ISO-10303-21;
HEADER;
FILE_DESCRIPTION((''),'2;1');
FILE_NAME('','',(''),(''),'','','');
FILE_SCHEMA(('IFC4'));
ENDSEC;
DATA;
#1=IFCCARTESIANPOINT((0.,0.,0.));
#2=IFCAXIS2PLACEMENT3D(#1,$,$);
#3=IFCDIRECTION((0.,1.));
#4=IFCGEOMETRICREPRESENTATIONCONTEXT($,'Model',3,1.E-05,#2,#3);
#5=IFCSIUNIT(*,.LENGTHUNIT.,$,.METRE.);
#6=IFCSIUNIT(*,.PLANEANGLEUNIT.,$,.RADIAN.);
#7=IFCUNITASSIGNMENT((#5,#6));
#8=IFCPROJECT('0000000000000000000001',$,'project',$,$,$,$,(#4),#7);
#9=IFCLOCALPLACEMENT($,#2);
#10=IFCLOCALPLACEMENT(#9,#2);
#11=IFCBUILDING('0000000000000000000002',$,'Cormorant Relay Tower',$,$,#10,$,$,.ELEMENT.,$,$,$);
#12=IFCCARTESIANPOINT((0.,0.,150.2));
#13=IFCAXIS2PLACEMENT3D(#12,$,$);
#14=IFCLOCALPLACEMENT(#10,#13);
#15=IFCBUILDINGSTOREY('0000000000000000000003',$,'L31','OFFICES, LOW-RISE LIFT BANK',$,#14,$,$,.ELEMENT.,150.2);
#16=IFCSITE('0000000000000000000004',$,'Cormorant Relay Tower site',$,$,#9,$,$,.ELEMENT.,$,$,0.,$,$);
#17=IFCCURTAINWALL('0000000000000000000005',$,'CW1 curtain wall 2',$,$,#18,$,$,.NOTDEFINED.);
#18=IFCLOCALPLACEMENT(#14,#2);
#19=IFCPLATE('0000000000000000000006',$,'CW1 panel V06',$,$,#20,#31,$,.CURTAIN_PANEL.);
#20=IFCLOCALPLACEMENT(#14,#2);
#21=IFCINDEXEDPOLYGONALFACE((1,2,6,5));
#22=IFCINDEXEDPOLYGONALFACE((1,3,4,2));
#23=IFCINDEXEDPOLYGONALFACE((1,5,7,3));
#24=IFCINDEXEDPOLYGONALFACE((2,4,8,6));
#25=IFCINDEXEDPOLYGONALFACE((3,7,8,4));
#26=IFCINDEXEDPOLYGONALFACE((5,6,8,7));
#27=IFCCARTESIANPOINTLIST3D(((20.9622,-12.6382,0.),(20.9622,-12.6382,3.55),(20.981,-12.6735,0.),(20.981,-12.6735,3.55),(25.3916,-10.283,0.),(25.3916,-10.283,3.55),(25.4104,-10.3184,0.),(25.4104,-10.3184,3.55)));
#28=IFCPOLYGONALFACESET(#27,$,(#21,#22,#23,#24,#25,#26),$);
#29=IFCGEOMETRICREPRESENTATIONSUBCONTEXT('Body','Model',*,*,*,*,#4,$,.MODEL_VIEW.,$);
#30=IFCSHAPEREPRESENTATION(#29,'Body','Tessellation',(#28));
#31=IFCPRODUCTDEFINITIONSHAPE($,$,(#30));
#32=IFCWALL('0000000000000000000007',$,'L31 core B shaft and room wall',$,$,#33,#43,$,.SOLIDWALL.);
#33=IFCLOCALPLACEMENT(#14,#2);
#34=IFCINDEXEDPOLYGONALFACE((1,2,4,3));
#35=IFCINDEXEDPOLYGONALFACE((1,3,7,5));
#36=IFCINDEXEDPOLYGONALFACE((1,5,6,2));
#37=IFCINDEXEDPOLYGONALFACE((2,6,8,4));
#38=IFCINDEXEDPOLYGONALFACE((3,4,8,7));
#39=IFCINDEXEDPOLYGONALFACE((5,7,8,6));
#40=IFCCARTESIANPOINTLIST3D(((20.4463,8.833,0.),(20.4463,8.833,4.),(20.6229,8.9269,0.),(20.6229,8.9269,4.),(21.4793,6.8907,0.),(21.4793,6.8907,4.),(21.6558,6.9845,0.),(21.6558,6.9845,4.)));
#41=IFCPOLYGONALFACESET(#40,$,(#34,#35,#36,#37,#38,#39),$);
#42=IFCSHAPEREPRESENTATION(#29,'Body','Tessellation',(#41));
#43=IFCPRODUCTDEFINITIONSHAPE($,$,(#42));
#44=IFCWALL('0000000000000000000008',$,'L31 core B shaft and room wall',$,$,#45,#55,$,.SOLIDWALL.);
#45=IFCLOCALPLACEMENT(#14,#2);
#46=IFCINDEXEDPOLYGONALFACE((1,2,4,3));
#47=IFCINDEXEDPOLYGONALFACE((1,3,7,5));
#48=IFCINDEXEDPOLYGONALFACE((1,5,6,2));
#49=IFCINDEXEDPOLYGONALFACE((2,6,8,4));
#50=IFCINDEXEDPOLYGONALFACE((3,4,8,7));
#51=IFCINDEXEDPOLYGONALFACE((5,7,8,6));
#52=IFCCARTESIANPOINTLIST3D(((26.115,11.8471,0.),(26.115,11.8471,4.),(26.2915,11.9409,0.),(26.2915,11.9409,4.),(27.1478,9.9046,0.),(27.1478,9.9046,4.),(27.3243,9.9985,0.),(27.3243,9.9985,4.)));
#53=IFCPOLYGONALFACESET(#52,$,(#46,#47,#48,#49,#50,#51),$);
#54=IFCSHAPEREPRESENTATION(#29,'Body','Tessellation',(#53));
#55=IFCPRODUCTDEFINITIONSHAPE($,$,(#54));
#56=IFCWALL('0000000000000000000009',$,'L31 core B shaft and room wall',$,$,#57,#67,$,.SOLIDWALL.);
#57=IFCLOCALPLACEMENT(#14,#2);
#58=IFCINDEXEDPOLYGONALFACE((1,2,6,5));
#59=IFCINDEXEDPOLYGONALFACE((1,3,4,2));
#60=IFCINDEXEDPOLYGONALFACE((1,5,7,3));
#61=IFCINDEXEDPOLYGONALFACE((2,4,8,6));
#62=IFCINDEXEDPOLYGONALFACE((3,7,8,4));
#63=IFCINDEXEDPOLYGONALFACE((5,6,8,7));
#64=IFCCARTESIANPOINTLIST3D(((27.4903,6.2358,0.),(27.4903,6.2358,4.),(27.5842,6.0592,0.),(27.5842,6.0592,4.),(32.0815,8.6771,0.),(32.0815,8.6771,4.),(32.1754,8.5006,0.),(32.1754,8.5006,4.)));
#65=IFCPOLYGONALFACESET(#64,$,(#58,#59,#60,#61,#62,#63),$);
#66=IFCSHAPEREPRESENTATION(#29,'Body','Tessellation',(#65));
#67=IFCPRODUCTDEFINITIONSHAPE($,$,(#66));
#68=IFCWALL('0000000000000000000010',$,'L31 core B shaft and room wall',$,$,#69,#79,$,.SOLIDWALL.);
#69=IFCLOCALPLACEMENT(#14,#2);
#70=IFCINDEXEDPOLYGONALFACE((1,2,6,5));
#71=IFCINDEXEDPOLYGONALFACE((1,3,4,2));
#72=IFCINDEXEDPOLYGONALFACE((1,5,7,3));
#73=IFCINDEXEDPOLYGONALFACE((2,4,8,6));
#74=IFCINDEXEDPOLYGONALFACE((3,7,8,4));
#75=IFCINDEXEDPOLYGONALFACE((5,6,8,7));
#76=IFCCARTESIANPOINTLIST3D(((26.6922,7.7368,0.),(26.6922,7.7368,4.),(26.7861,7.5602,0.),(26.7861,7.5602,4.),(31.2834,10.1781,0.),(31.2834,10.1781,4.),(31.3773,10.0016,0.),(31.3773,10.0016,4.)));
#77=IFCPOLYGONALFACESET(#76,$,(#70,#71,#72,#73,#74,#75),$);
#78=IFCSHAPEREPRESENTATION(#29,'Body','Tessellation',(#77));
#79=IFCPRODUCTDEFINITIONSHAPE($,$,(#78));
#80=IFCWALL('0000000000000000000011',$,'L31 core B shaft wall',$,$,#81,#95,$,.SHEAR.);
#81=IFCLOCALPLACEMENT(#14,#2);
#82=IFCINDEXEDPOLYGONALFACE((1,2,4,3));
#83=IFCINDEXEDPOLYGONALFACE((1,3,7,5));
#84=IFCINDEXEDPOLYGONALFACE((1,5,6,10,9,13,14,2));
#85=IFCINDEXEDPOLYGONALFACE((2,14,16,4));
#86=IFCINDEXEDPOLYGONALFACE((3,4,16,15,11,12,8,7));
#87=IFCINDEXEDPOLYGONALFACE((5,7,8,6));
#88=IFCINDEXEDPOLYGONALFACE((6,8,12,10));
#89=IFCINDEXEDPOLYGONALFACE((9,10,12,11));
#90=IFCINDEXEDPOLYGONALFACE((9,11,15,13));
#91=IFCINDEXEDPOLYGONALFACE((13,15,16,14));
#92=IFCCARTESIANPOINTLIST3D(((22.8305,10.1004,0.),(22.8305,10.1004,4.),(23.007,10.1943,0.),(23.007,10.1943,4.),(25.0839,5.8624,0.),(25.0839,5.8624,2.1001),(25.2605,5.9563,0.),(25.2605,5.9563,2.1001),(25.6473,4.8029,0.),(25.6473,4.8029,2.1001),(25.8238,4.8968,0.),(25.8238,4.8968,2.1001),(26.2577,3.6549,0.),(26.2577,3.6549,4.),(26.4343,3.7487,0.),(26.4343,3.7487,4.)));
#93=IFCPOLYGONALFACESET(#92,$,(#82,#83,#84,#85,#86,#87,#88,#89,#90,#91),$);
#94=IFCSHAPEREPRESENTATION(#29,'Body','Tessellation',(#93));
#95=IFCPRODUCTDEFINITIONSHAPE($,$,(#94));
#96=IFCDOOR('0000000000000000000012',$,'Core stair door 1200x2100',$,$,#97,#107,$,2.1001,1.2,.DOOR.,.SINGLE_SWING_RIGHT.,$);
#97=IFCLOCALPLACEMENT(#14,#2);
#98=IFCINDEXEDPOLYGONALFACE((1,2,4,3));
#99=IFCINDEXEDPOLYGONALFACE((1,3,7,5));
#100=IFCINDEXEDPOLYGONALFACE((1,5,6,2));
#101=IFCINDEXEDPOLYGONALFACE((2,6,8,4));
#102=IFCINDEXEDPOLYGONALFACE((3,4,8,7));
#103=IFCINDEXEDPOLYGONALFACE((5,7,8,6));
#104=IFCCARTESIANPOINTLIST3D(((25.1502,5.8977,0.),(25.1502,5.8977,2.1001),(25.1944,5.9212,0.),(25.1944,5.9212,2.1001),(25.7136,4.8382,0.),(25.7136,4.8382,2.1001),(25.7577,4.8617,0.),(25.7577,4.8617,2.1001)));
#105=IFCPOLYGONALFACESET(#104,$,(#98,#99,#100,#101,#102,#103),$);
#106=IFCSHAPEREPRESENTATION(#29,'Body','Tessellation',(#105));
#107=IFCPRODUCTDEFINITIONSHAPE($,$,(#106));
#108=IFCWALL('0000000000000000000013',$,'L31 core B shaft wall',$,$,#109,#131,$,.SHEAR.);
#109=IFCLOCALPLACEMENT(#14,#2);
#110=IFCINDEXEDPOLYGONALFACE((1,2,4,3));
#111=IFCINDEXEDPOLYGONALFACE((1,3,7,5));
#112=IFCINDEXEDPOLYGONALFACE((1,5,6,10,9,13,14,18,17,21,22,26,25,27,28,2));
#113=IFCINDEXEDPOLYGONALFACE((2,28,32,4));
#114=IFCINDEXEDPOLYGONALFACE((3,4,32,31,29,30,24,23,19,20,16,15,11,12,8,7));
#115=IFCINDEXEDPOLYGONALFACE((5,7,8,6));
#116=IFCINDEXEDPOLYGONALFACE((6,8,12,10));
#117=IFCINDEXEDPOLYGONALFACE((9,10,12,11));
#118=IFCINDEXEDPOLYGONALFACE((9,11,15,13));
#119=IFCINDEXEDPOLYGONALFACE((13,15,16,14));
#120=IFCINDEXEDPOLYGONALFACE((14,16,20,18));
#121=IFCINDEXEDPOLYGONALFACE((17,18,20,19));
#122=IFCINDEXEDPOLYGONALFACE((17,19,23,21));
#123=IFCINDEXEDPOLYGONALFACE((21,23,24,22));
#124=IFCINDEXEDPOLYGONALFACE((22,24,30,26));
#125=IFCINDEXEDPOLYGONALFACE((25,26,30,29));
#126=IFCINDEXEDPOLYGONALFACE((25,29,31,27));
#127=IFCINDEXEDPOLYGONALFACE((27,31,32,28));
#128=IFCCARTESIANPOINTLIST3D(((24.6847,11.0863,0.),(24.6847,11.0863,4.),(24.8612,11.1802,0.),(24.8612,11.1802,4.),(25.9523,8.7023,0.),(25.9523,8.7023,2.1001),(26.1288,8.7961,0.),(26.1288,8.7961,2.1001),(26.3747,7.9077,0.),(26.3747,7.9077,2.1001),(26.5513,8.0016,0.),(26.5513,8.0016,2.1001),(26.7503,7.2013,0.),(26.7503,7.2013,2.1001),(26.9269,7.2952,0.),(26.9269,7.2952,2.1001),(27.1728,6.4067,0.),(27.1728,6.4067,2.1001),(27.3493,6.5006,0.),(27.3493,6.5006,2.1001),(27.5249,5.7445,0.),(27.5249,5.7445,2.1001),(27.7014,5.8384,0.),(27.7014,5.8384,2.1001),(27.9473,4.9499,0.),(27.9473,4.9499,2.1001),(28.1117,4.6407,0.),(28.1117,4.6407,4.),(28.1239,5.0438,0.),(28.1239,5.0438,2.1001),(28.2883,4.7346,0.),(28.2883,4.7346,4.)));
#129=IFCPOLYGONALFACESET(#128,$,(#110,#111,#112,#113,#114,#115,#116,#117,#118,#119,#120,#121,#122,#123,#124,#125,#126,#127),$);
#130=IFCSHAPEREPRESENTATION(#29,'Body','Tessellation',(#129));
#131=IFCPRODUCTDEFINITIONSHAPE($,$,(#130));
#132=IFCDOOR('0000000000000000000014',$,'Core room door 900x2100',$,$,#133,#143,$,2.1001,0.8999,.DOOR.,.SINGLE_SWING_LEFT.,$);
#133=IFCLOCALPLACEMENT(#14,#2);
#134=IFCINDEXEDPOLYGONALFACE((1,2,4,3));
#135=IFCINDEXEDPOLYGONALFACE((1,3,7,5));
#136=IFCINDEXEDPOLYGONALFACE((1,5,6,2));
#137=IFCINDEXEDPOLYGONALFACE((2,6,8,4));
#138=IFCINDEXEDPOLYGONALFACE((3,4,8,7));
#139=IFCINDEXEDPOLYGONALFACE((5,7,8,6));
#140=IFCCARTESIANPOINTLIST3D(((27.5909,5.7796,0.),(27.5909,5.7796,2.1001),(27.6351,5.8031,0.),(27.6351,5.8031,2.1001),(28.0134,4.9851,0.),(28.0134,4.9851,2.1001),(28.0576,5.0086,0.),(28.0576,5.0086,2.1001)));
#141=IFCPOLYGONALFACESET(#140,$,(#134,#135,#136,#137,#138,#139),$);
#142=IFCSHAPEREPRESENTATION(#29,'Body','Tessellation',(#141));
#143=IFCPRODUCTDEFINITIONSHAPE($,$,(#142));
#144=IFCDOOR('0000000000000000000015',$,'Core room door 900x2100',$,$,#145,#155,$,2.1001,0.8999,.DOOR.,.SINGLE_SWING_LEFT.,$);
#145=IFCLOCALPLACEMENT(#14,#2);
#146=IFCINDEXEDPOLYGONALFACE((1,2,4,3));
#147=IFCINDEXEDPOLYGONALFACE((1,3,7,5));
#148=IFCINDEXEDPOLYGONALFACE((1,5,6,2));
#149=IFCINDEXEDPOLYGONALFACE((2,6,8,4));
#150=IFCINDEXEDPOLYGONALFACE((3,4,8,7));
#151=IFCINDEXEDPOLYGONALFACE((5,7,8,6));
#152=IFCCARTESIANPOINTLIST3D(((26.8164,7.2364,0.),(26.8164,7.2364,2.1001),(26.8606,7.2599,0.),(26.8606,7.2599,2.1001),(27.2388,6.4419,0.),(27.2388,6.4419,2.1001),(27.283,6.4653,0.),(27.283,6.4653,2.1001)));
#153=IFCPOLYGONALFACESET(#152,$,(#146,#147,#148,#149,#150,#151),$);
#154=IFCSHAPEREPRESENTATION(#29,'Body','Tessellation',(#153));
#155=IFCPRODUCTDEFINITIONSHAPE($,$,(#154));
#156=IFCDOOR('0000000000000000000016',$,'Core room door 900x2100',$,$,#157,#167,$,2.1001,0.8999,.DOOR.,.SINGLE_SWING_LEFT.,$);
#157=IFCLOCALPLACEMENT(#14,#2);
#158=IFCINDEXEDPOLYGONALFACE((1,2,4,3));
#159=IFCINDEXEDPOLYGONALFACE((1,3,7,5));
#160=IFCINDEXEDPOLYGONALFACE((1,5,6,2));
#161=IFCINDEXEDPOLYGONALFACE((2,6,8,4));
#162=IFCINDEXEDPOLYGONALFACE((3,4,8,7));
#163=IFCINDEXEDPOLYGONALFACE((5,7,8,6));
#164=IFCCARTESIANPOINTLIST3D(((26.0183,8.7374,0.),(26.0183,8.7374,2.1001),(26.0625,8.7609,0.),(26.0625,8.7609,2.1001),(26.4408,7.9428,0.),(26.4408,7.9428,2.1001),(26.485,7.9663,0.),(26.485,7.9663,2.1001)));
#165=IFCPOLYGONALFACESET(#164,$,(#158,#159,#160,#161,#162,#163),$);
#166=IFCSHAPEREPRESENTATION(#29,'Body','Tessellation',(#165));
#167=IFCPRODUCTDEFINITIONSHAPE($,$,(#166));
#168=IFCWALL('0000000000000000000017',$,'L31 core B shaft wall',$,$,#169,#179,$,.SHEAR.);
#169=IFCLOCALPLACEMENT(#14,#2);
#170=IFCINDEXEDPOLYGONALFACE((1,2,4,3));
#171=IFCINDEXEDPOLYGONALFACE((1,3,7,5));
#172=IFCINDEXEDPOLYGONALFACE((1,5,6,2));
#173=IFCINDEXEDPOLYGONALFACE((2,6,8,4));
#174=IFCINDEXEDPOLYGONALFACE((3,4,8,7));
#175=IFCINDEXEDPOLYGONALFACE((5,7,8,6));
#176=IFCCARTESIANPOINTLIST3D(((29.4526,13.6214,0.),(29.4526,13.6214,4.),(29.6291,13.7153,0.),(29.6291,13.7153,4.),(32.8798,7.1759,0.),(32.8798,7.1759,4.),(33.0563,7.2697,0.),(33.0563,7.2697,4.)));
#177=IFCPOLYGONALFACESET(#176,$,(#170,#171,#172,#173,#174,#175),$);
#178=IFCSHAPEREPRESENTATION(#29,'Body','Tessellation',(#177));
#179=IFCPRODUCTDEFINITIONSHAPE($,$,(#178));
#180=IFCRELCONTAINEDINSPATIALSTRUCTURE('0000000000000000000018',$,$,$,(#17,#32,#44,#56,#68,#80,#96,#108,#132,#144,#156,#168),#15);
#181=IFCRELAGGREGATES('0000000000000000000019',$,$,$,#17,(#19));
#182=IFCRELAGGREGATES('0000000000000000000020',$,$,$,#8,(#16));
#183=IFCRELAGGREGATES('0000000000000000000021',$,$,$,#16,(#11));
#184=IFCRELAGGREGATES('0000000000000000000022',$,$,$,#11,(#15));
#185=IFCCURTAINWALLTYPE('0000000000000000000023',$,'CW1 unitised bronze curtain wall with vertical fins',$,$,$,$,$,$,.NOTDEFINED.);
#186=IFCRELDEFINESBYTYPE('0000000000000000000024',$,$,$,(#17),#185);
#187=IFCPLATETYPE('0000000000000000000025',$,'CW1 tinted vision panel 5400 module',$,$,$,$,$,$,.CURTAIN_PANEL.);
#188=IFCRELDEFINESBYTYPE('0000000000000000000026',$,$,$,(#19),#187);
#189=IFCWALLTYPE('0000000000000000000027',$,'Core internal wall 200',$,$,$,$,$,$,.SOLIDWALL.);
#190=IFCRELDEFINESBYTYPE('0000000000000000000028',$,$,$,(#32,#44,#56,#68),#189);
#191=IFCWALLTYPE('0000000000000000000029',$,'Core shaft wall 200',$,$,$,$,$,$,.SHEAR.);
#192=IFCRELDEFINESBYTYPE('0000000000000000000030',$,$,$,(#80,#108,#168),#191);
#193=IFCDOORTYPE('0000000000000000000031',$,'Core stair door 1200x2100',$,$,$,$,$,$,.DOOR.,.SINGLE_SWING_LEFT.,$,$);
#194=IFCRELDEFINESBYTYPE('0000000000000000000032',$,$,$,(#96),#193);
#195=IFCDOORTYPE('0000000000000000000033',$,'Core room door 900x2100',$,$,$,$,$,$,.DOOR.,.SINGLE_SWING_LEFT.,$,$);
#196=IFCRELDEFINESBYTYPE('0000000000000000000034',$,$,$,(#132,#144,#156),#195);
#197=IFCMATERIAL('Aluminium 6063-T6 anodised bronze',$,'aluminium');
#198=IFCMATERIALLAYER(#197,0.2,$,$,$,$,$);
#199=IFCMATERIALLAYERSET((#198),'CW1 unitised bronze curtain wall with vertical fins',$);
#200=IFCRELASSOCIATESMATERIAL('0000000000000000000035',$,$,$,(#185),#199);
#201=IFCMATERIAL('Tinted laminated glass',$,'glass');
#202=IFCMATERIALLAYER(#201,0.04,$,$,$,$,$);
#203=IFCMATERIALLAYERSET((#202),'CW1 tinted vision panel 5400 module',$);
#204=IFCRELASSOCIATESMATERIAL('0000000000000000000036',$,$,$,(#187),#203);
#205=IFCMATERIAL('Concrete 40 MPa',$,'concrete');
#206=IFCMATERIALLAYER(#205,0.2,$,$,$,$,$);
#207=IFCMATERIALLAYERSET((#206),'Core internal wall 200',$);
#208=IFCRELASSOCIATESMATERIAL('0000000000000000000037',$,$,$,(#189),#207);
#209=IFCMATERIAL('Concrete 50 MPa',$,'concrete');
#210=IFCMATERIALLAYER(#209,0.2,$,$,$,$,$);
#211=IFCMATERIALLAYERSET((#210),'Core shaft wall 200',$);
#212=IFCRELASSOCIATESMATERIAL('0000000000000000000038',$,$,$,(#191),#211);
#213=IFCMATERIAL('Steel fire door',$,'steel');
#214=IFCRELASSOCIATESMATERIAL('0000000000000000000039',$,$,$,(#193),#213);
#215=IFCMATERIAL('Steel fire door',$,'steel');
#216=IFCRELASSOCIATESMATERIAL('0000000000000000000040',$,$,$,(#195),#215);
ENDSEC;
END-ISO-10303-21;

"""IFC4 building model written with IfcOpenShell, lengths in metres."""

from ifc_helpers import new_model, si_unit, direction, frame, frame_2d, origin, origin_2d, place, context, subcontext, project, spatial, rectangle, extrude, material, layer, layer_set, type_object, element, fill, aggregate, save


model = new_model("IFC4")

# Units and contexts
model_context = context("Model", 3, precision=1e-05, world=origin(), true_north=direction((0.0, 1.0)))
body_context = subcontext(model_context, "Body", "Model", "MODEL_VIEW")
ifc_project = project(units=[si_unit("LENGTHUNIT", "METRE"), si_unit("PLANEANGLEUNIT", "RADIAN")], contexts=[model_context])

# Site, building, storey
site_placement = place(None, origin())
site = spatial("IfcSite", under=ifc_project, at=site_placement, Name="Cormorant Relay Tower site", CompositionType="ELEMENT", RefElevation=0.0)
building_placement = place(site_placement, origin())
building = spatial("IfcBuilding", under=site, at=building_placement, Name="Cormorant Relay Tower", CompositionType="ELEMENT")
storey_placement = place(building_placement, frame((0.0, 0.0, 150.2)))
storey = spatial("IfcBuildingStorey", under=building, at=storey_placement, Name="L31", Description="OFFICES, LOW-RISE LIFT BANK", CompositionType="ELEMENT", Elevation=150.2)

# Curtain wall
ifc_material_1 = material(Name="Aluminium 6063-T6 anodised bronze", Category="aluminium")
ifc_layer_1 = layer(ifc_material_1, 0.2)
ifc_layer_set_1 = layer_set([ifc_layer_1], Name="CW1 unitised bronze curtain wall with vertical fins")
curtain_wall_type = type_object("IfcCurtainWallType", Name="CW1 unitised bronze curtain wall with vertical fins", PredefinedType="NOTDEFINED", material=ifc_layer_set_1)
curtain_wall_1_placement = place(storey_placement, origin())
curtain_wall_1 = element("IfcCurtainWall", 1, at=curtain_wall_1_placement, inside=storey, type_object=curtain_wall_type, Name="CW1 curtain wall 2", PredefinedType="NOTDEFINED")

# Plate
ifc_material_2 = material(Name="Tinted laminated glass", Category="glass")
ifc_layer_2 = layer(ifc_material_2, 0.04)
ifc_layer_set_2 = layer_set([ifc_layer_2], Name="CW1 tinted vision panel 5400 module")
plate_type = type_object("IfcPlateType", Name="CW1 tinted vision panel 5400 module", PredefinedType="CURTAIN_PANEL", material=ifc_layer_set_2)
plate_placement = place(storey_placement, frame((23.1863, -11.4783, 0.0), z_axis=(0.0, 0.0, 1.0), x_axis=(0.882948, 0.469472, 0.0)))
plate = element("IfcPlate", 2, at=plate_placement, type_object=plate_type, Name="CW1 panel V06", PredefinedType="CURTAIN_PANEL", context=body_context, shape_type="SweptSolid", body=[
    extrude(rectangle(XDim=5.0166, YDim=0.04, at=origin_2d()), origin(), (0.0, 0.0, 1.0), 3.55),
])

# Walls
ifc_material_3 = material(Name="Concrete 40 MPa", Category="concrete")
ifc_layer_3 = layer(ifc_material_3, 0.2)
ifc_layer_set_3 = layer_set([ifc_layer_3], Name="Core internal wall 200")
wall_type_1 = type_object("IfcWallType", Name="Core internal wall 200", PredefinedType="SOLIDWALL", material=ifc_layer_set_3)
for number, where, z_axis, x_axis, name in (
    (3, (21.5676, 6.9375, 0.0), (0.0, 0.0, 1.0), (-0.469534, 0.882914, 0.0), "L31 core B shaft and room wall"),
    (4, (27.2361, 9.9514, 0.0), (0.0, 0.0, 1.0), (-0.469447, 0.88296, 0.0), "L31 core B shaft and room wall"),
):
    element("IfcWall", number, at=place(storey_placement, frame(where, z_axis=z_axis, x_axis=x_axis)), inside=storey, type_object=wall_type_1, Name=name, PredefinedType="SOLIDWALL", context=body_context, shape_type="SweptSolid", body=[
        extrude(rectangle(XDim=2.2, YDim=0.2, at=frame_2d((1.1001, 0.0))), origin(), (0.0, 0.0, 1.0), 4.0),
    ])
for number, where, z_axis, x_axis, name in (
    (5, (27.5371, 6.1475, 0.0), (0.0, 0.0, 1.0), (0.882935, 0.469496, 0.0), "L31 core B shaft and room wall"),
    (6, (26.739, 7.6484, 0.0), (0.0, 0.0, 1.0), (0.882935, 0.469496, 0.0), "L31 core B shaft and room wall"),
):
    element("IfcWall", number, at=place(storey_placement, frame(where, z_axis=z_axis, x_axis=x_axis)), inside=storey, type_object=wall_type_1, Name=name, PredefinedType="SOLIDWALL", context=body_context, shape_type="SweptSolid", body=[
        extrude(rectangle(XDim=5.2, YDim=0.2, at=frame_2d((2.6001, 0.0))), origin(), (0.0, 0.0, 1.0), 4.0),
    ])

# Wall, opening, door
ifc_material_4 = material(Name="Concrete 50 MPa", Category="concrete")
ifc_layer_4 = layer(ifc_material_4, 0.2)
ifc_layer_set_4 = layer_set([ifc_layer_4], Name="Core shaft wall 200")
wall_type_2 = type_object("IfcWallType", Name="Core shaft wall 200", PredefinedType="SHEAR", material=ifc_layer_set_4)
wall_1_placement = place(storey_placement, frame((26.3459, 3.7019, 0.0), z_axis=(0.0, 0.0, 1.0), x_axis=(-0.46948, 0.882943, 0.0)))
wall_1 = element("IfcWall", 7, at=wall_1_placement, inside=storey, type_object=wall_type_2, Name="L31 core B shaft wall", PredefinedType="SHEAR", context=body_context, shape_type="SweptSolid", body=[
    extrude(rectangle(XDim=7.3, YDim=0.2, at=frame_2d((3.6499, 0.0))), origin(), (0.0, 0.0, 1.0), 4.0),
])
opening_1_placement = place(wall_1_placement, frame((1.3, 0.0, 0.0)))
opening_1 = element("IfcOpeningElement", 8, at=opening_1_placement, cuts=wall_1, PredefinedType="OPENING", context=body_context, shape_type="SweptSolid", body=[
    extrude(rectangle(XDim=1.2, YDim=2.1001, at=frame_2d((0.6001, 1.05))), frame((0.0, 0.1099, 0.0), z_axis=(0.0, -1.0, 0.0), x_axis=(1.0, 0.0, 0.0)), (0.0, 0.0, 1.0), 0.22),
])
ifc_material_5 = material(Name="Steel fire door", Category="steel")
door_type_1 = type_object("IfcDoorType", Name="Core stair door 1200x2100", OperationType="SINGLE_SWING_LEFT", PredefinedType="DOOR", material=ifc_material_5)
door_1_placement = place(opening_1_placement, origin())
door_1 = element("IfcDoor", 9, at=door_1_placement, inside=storey, type_object=door_type_1, Name="Core stair door 1200x2100", OperationType="SINGLE_SWING_RIGHT", OverallHeight=2.1001, OverallWidth=1.2, PredefinedType="DOOR", context=body_context, shape_type="SweptSolid", body=[
    extrude(rectangle(XDim=1.2, YDim=2.1001, at=frame_2d((0.6001, 1.05))), frame((0.0, 0.0249, 0.0), z_axis=(0.0, -1.0, 0.0), x_axis=(1.0, 0.0, 0.0)), (0.0, 0.0, 1.0), 0.05),
])
fill(opening_1, door_1)

# Wall, openings, doors
wall_2_placement = place(storey_placement, frame((28.2, 4.6877, 0.0), z_axis=(0.0, 0.0, 1.0), x_axis=(-0.469454, 0.882957, 0.0)))
wall_2 = element("IfcWall", 10, at=wall_2_placement, inside=storey, type_object=wall_type_2, Name="L31 core B shaft wall", PredefinedType="SHEAR", context=body_context, shape_type="SweptSolid", body=[
    extrude(rectangle(XDim=7.3, YDim=0.2, at=frame_2d((3.6499, 0.0))), origin(), (0.0, 0.0, 1.0), 4.0),
])
opening_2_placement = place(wall_2_placement, frame((0.3501, 0.0, 0.0)))
opening_2 = element("IfcOpeningElement", 11, at=opening_2_placement, cuts=wall_2, PredefinedType="OPENING", context=body_context, shape_type="SweptSolid", body=[
    extrude(rectangle(XDim=0.8999, YDim=2.1001, at=frame_2d((0.45, 1.05))), frame((0.0, 0.1099, 0.0), z_axis=(0.0, -1.0, 0.0), x_axis=(1.0, 0.0, 0.0)), (0.0, 0.0, 1.0), 0.22),
])
opening_3_placement = place(wall_2_placement, frame((2.0, 0.0, 0.0)))
opening_3 = element("IfcOpeningElement", 12, at=opening_3_placement, cuts=wall_2, PredefinedType="OPENING", context=body_context, shape_type="SweptSolid", body=[
    extrude(rectangle(XDim=0.8999, YDim=2.1001, at=frame_2d((0.45, 1.05))), frame((0.0, 0.1099, 0.0), z_axis=(0.0, -1.0, 0.0), x_axis=(1.0, 0.0, 0.0)), (0.0, 0.0, 1.0), 0.22),
])
opening_4_placement = place(wall_2_placement, frame((3.7, 0.0, 0.0)))
opening_4 = element("IfcOpeningElement", 13, at=opening_4_placement, cuts=wall_2, PredefinedType="OPENING", context=body_context, shape_type="SweptSolid", body=[
    extrude(rectangle(XDim=0.8999, YDim=2.1001, at=frame_2d((0.45, 1.05))), frame((0.0, 0.1099, 0.0), z_axis=(0.0, -1.0, 0.0), x_axis=(1.0, 0.0, 0.0)), (0.0, 0.0, 1.0), 0.22),
])
ifc_material_6 = material(Name="Steel fire door", Category="steel")
door_type_2 = type_object("IfcDoorType", Name="Core room door 900x2100", OperationType="SINGLE_SWING_LEFT", PredefinedType="DOOR", material=ifc_material_6)
door_2_placement = place(opening_2_placement, frame((0.8999, 0.0, 0.0), z_axis=(0.0, 0.0, 1.0), x_axis=(-1.0, 0.0, 0.0)))
door_2 = element("IfcDoor", 14, at=door_2_placement, inside=storey, type_object=door_type_2, Name="Core room door 900x2100", OperationType="SINGLE_SWING_LEFT", OverallHeight=2.1001, OverallWidth=0.8999, PredefinedType="DOOR", context=body_context, shape_type="SweptSolid", body=[
    extrude(rectangle(XDim=0.8999, YDim=2.1001, at=frame_2d((0.45, 1.05))), frame((0.0, 0.0249, 0.0), z_axis=(0.0, -1.0, 0.0), x_axis=(1.0, 0.0, 0.0)), (0.0, 0.0, 1.0), 0.05),
])
fill(opening_2, door_2)
door_3_placement = place(opening_3_placement, frame((0.8999, 0.0, 0.0), z_axis=(0.0, 0.0, 1.0), x_axis=(-1.0, 0.0, 0.0)))
door_3 = element("IfcDoor", 15, at=door_3_placement, inside=storey, type_object=door_type_2, Name="Core room door 900x2100", OperationType="SINGLE_SWING_LEFT", OverallHeight=2.1001, OverallWidth=0.8999, PredefinedType="DOOR", context=body_context, shape_type="SweptSolid", body=[
    extrude(rectangle(XDim=0.8999, YDim=2.1001, at=frame_2d((0.45, 1.05))), frame((0.0, 0.0249, 0.0), z_axis=(0.0, -1.0, 0.0), x_axis=(1.0, 0.0, 0.0)), (0.0, 0.0, 1.0), 0.05),
])
fill(opening_3, door_3)
door_4_placement = place(opening_4_placement, frame((0.8999, 0.0, 0.0), z_axis=(0.0, 0.0, 1.0), x_axis=(-1.0, 0.0, 0.0)))
door_4 = element("IfcDoor", 16, at=door_4_placement, inside=storey, type_object=door_type_2, Name="Core room door 900x2100", OperationType="SINGLE_SWING_LEFT", OverallHeight=2.1001, OverallWidth=0.8999, PredefinedType="DOOR", context=body_context, shape_type="SweptSolid", body=[
    extrude(rectangle(XDim=0.8999, YDim=2.1001, at=frame_2d((0.45, 1.05))), frame((0.0, 0.0249, 0.0), z_axis=(0.0, -1.0, 0.0), x_axis=(1.0, 0.0, 0.0)), (0.0, 0.0, 1.0), 0.05),
])
fill(opening_4, door_4)

# Wall
wall_3_placement = place(storey_placement, frame((32.968, 7.2229, 0.0), z_axis=(0.0, 0.0, 1.0), x_axis=(-0.46948, 0.882943, 0.0)))
element("IfcWall", 17, at=wall_3_placement, inside=storey, type_object=wall_type_2, Name="L31 core B shaft wall", PredefinedType="SHEAR", context=body_context, shape_type="SweptSolid", body=[
    extrude(rectangle(XDim=7.3, YDim=0.2, at=frame_2d((3.6499, 0.0))), origin(), (0.0, 0.0, 1.0), 4.0),
])

aggregate(curtain_wall_1, [plate])

save(model, "model.ifc")
